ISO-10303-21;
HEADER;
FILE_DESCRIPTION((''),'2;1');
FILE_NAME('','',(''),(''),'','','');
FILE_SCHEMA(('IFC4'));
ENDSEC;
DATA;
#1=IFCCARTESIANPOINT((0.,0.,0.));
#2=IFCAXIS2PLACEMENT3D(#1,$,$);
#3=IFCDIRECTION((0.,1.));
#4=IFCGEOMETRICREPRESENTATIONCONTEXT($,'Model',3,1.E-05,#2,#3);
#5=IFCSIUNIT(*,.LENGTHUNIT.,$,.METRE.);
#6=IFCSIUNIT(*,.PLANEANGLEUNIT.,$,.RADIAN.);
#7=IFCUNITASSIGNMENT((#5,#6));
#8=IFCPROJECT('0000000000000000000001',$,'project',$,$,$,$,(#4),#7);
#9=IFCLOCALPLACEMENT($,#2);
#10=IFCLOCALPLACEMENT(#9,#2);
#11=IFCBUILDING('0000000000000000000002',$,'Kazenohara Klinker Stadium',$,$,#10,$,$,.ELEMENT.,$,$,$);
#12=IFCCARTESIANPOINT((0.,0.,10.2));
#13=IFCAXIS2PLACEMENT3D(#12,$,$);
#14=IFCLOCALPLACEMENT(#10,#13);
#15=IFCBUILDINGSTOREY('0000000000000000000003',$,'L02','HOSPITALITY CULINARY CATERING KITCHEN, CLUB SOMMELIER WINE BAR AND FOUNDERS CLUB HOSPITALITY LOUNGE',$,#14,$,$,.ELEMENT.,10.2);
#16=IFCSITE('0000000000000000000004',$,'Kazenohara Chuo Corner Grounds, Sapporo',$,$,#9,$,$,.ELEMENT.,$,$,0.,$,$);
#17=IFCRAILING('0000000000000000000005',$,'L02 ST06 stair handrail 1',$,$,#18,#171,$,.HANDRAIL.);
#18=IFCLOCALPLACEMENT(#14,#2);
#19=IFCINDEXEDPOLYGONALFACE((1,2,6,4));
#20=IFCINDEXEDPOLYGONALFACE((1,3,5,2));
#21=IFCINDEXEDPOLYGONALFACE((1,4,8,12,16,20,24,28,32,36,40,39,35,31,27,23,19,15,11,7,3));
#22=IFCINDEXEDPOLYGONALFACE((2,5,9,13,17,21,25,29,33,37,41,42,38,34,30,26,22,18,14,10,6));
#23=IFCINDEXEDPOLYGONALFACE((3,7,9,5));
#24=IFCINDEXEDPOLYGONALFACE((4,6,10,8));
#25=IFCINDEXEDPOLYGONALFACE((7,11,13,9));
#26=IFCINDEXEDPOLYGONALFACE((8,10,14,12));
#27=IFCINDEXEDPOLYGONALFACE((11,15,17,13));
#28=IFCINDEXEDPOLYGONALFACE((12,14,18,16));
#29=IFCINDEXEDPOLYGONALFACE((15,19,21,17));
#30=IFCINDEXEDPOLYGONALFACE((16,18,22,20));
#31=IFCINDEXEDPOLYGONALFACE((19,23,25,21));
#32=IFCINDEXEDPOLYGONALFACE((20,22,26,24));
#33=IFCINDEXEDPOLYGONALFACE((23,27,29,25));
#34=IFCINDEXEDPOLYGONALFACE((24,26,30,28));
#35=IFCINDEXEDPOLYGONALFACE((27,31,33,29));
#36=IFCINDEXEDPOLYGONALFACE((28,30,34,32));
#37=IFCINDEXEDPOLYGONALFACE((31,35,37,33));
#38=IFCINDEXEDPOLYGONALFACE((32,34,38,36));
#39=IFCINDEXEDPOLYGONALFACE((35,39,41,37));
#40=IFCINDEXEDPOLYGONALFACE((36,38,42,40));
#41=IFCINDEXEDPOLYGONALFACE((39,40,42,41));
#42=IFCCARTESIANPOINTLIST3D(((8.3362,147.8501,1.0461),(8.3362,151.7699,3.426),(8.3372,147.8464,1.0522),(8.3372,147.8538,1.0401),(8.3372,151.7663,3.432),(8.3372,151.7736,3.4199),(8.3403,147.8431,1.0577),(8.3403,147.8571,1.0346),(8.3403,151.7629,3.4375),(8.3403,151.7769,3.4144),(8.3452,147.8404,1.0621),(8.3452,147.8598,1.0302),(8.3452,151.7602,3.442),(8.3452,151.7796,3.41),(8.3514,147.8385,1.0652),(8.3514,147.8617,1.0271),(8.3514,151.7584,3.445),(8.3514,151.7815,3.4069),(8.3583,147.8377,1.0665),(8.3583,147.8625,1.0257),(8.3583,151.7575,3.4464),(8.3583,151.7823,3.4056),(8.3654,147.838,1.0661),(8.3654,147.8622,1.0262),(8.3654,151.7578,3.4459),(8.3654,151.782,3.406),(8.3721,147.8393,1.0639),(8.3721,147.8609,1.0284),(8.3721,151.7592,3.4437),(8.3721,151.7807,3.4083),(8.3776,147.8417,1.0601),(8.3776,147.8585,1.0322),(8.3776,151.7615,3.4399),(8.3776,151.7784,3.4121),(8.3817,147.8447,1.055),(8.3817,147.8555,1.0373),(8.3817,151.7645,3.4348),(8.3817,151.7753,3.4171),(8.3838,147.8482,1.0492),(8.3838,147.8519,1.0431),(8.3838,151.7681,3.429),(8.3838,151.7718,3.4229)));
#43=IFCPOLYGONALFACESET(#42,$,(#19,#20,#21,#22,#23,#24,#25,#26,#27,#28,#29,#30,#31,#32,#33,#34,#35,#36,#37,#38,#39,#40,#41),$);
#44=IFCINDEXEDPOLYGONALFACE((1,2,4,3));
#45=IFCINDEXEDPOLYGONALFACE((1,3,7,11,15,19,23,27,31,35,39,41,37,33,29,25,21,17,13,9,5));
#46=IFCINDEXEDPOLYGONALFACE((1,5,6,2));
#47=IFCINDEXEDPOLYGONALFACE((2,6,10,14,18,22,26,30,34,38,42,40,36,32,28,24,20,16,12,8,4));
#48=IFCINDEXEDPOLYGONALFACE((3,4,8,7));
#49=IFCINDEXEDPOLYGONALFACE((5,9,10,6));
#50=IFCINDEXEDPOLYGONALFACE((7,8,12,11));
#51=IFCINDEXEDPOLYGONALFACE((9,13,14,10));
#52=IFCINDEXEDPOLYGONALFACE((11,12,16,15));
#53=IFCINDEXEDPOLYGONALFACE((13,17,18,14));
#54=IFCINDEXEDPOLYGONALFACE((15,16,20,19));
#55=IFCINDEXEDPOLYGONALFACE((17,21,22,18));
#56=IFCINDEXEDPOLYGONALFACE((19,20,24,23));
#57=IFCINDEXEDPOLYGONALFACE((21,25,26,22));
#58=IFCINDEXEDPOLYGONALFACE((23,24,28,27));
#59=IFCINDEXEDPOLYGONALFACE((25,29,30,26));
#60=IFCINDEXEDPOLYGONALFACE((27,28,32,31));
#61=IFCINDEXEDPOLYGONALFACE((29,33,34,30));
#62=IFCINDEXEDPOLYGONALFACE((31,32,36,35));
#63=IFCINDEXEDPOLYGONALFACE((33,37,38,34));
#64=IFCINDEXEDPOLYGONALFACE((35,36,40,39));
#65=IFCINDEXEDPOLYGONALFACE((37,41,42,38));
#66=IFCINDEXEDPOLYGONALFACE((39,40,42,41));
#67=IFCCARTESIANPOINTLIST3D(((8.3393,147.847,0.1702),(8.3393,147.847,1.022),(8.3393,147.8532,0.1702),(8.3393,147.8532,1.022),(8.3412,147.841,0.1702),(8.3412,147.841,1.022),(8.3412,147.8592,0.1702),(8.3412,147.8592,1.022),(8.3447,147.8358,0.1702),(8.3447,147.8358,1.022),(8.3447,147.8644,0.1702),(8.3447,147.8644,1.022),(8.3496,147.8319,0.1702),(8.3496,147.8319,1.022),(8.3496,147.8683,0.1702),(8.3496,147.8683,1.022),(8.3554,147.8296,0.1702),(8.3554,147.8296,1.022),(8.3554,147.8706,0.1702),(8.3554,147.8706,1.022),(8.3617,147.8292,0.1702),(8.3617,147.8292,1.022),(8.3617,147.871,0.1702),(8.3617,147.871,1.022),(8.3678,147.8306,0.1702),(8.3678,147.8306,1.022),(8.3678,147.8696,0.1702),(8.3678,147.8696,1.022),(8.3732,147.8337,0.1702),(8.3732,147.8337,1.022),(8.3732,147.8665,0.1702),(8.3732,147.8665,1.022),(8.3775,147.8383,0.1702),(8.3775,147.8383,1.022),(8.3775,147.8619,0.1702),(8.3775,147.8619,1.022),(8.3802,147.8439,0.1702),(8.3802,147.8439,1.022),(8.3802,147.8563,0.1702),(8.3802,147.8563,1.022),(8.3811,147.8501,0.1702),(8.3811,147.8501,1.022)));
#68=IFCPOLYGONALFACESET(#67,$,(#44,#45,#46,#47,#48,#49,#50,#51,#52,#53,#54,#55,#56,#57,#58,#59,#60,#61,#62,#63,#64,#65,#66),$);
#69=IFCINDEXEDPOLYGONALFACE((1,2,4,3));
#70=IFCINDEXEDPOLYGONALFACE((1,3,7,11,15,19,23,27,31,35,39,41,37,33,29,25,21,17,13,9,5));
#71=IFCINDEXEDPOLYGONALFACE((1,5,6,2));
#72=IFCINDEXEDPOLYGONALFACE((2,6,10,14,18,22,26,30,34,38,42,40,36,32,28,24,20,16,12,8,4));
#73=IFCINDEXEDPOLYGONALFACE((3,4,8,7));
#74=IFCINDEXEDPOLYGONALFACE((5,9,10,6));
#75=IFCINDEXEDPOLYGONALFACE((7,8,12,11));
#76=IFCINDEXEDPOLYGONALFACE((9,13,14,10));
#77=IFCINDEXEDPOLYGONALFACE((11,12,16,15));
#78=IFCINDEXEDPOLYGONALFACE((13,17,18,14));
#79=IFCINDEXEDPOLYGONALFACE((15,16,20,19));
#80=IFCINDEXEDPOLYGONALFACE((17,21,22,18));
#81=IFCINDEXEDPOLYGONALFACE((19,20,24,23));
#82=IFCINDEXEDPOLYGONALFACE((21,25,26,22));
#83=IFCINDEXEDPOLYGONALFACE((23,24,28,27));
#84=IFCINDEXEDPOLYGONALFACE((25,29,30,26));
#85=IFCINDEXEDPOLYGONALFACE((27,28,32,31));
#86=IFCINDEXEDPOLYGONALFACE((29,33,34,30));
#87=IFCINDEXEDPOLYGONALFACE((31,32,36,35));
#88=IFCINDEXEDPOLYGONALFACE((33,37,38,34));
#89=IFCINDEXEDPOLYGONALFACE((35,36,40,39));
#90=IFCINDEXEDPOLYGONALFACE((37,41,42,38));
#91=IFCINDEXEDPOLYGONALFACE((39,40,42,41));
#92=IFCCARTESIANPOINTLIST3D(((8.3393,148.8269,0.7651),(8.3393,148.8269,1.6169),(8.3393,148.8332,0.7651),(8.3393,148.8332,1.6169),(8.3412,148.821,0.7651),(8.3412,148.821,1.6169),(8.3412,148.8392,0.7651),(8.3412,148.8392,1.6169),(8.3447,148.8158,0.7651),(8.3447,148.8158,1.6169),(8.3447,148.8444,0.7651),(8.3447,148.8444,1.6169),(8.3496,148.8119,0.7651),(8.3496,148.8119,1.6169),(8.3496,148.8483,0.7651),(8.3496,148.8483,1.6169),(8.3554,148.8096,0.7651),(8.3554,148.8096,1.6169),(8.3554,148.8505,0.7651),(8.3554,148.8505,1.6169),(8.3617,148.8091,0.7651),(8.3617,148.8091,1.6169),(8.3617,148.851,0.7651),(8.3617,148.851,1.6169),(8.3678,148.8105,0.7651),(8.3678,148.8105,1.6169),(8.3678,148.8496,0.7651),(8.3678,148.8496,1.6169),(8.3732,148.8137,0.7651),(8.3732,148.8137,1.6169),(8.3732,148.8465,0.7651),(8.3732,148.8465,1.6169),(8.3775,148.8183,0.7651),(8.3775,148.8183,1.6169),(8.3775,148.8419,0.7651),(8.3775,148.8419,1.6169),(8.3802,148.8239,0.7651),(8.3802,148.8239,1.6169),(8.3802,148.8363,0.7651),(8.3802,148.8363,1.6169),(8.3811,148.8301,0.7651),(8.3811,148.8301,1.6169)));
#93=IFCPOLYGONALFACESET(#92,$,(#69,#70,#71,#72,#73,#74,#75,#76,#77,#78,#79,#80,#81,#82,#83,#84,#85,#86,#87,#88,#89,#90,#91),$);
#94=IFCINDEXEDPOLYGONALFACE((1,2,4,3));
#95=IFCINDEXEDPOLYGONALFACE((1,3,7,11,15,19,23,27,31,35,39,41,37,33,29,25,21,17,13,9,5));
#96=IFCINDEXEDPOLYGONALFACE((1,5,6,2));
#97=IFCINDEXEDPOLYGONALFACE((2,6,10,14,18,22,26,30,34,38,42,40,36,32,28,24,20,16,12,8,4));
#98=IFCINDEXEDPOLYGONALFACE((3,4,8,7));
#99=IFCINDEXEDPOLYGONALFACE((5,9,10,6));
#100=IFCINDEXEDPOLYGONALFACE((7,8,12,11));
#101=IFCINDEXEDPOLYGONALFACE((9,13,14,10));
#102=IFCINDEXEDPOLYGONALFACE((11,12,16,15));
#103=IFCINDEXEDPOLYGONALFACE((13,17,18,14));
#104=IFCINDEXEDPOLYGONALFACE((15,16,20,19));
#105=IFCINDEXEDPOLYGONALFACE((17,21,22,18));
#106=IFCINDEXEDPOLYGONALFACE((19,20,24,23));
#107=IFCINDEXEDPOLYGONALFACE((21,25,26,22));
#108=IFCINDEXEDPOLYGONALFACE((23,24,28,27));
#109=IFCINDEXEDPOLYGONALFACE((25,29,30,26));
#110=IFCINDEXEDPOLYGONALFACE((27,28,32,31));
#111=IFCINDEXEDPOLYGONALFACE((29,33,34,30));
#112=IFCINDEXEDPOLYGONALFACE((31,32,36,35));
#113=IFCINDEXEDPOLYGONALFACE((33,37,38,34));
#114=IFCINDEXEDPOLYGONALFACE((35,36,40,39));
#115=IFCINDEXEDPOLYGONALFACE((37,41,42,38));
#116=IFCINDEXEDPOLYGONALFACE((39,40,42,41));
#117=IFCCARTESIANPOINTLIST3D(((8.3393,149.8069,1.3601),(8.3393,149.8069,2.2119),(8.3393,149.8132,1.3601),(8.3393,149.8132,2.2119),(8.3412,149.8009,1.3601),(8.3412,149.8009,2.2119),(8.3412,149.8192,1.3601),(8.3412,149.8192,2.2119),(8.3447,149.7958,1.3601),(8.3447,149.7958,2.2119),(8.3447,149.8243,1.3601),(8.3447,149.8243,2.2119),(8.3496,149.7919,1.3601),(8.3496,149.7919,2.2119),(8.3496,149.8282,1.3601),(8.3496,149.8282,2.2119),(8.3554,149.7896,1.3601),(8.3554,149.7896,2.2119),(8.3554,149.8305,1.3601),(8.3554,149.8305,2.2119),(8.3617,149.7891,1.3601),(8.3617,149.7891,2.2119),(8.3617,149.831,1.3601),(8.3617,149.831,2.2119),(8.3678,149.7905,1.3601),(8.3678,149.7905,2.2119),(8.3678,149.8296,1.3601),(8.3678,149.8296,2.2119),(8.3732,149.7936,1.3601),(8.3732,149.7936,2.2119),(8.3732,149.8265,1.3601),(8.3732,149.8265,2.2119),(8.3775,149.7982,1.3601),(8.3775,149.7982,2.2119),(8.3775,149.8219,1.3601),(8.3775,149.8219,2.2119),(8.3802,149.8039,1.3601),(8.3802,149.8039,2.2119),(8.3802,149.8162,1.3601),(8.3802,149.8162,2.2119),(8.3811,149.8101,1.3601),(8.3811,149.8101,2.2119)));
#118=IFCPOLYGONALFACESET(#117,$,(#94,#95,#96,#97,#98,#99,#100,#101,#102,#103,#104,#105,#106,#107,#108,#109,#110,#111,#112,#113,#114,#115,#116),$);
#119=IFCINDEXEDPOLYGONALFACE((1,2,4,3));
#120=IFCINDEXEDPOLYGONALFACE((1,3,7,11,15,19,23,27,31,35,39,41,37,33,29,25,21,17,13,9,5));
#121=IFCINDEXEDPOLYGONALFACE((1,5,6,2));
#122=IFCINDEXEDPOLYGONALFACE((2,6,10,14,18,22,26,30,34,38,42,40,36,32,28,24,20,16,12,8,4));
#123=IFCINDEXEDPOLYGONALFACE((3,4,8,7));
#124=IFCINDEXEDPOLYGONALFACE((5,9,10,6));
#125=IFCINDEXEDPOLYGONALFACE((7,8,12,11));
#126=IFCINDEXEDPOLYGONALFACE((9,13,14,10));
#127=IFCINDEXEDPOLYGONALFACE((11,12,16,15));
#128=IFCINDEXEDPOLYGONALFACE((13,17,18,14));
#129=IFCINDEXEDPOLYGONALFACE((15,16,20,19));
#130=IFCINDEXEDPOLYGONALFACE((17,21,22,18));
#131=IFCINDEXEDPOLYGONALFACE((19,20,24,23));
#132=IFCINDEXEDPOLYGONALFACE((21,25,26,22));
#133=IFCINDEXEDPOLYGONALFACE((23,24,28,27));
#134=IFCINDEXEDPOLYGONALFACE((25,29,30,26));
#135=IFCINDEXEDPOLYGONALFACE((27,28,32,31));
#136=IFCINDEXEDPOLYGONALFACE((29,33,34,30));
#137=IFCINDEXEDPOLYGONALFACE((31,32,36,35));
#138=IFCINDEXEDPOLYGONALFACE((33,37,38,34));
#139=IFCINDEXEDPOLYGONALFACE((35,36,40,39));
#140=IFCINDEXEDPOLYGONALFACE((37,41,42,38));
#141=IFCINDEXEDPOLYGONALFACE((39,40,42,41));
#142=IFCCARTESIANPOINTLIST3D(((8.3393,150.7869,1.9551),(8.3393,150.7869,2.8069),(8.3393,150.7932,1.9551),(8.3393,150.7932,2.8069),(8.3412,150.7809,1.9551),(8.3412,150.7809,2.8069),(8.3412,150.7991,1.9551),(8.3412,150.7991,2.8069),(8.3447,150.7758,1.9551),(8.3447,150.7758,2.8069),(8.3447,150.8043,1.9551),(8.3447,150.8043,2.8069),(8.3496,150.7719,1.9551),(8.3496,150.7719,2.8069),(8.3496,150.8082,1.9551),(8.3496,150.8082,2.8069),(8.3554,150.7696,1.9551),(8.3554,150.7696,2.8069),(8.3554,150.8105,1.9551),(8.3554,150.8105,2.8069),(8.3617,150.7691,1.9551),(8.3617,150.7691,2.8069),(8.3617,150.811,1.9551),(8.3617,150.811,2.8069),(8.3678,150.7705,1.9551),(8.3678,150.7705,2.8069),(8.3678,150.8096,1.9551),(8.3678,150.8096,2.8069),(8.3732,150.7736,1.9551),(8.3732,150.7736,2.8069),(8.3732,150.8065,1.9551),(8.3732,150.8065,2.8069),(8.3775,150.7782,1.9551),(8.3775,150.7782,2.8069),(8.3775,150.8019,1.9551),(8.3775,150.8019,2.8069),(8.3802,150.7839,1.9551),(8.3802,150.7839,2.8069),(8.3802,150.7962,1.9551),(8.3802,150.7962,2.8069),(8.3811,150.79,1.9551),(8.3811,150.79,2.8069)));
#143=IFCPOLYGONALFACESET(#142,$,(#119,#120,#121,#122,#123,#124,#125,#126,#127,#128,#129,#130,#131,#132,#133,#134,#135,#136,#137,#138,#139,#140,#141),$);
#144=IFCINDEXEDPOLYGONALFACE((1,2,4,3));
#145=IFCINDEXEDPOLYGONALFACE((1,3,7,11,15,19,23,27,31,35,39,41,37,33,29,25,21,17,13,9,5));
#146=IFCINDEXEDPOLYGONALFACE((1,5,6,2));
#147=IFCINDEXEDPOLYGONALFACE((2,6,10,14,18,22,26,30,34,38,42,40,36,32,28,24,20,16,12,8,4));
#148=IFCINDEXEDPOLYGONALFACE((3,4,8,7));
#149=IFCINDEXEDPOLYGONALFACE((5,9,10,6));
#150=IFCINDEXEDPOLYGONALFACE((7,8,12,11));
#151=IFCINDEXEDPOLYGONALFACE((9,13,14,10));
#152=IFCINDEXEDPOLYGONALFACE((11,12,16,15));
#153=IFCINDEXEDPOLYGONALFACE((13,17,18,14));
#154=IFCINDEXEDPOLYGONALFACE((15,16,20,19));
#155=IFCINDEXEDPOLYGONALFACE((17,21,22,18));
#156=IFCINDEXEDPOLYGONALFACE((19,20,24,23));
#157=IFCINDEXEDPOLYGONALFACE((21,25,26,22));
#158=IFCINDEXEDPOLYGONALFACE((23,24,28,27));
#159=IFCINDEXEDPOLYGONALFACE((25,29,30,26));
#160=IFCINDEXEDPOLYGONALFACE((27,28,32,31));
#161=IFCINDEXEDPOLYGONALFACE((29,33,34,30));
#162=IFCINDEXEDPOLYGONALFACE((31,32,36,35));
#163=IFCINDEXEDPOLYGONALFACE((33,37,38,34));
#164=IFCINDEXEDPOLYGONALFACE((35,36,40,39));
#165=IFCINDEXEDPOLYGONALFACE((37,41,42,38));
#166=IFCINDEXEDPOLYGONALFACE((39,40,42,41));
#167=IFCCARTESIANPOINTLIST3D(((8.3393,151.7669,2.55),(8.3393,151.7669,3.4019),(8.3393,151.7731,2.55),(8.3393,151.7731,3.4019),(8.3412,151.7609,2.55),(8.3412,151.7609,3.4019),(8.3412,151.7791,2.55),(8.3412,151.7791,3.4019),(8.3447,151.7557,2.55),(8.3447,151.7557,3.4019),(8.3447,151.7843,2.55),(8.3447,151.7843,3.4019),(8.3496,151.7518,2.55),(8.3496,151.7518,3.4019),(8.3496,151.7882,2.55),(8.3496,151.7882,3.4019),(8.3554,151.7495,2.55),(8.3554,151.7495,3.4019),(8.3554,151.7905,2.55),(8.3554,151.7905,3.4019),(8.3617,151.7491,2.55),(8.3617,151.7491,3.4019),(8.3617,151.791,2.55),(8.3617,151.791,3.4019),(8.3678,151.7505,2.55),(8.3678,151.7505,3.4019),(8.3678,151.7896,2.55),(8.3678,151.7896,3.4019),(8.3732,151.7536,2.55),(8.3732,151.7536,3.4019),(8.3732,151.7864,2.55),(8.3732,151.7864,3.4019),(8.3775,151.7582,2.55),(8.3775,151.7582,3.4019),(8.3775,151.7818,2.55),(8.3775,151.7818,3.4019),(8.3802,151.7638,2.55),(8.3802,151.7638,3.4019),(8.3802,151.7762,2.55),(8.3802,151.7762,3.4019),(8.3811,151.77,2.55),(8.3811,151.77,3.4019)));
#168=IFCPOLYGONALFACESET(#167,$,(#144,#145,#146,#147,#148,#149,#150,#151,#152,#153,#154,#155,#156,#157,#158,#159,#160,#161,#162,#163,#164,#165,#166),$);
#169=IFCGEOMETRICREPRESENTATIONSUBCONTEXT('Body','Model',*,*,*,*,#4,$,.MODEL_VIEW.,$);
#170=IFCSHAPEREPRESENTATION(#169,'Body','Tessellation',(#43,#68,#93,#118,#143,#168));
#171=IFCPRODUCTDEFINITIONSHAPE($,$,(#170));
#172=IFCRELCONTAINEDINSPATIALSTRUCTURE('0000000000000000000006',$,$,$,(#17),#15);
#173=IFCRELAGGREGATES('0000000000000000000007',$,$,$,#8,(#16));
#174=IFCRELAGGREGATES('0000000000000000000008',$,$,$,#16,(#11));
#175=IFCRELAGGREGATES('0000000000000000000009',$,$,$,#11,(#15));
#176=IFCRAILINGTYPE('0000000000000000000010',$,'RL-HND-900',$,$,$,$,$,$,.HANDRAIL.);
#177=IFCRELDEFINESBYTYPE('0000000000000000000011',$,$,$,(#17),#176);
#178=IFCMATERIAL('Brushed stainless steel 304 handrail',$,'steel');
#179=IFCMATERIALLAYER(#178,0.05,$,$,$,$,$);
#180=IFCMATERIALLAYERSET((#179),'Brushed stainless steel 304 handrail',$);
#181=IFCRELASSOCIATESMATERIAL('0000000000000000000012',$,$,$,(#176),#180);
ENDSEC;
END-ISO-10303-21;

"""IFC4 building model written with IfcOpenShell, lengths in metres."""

from ifc_helpers import new_model, si_unit, direction, frame, origin, origin_2d, place, context, subcontext, project, spatial, circle, extrude, material, layer, layer_set, type_object, element, save


model = new_model("IFC4")

# Units and contexts
model_context = context("Model", 3, precision=1e-05, world=origin(), true_north=direction((0.0, 1.0)))
body_context = subcontext(model_context, "Body", "Model", "MODEL_VIEW")
ifc_project = project(units=[si_unit("LENGTHUNIT", "METRE"), si_unit("PLANEANGLEUNIT", "RADIAN")], contexts=[model_context])

# Site, building, storey
site_placement = place(None, origin())
site = spatial("IfcSite", under=ifc_project, at=site_placement, Name="Kazenohara Chuo Corner Grounds, Sapporo", CompositionType="ELEMENT", RefElevation=0.0)
building_placement = place(site_placement, origin())
building = spatial("IfcBuilding", under=site, at=building_placement, Name="Kazenohara Klinker Stadium", CompositionType="ELEMENT")
storey_placement = place(building_placement, frame((0.0, 0.0, 10.2)))
storey = spatial("IfcBuildingStorey", under=building, at=storey_placement, Name="L02", Description="HOSPITALITY CULINARY CATERING KITCHEN, CLUB SOMMELIER WINE BAR AND FOUNDERS CLUB HOSPITALITY LOUNGE", CompositionType="ELEMENT", Elevation=10.2)

# Railing
ifc_material_1 = material(Name="Brushed stainless steel 304 handrail", Category="steel")
ifc_layer_1 = layer(ifc_material_1, 0.05)
ifc_layer_set_1 = layer_set([ifc_layer_1], Name="Brushed stainless steel 304 handrail")
railing_type_1 = type_object("IfcRailingType", Name="RL-HND-900", PredefinedType="HANDRAIL", material=ifc_layer_set_1)
for number, where, name in (
    (1, (8.3601, 147.8501, 0.1702), "L02 ST06 stair handrail 1"),
):
    element("IfcRailing", number, at=place(storey_placement, frame(where)), inside=storey, type_object=railing_type_1, Name=name, PredefinedType="HANDRAIL", context=body_context, shape_type="SweptSolid", body=[
        extrude(circle(Radius=0.0239, at=origin_2d()), frame((0.0, 0.0, 0.876), z_axis=(0.0, 0.854794, 0.518967), x_axis=(-1.0, 0.0, 0.0)), (0.0, 0.0, 1.0), 4.5857),
        extrude(circle(Radius=0.021, at=origin_2d()), origin(), (0.0, 0.0, 1.0), 0.8518),
        extrude(circle(Radius=0.021, at=origin_2d()), frame((0.0, 0.98, 0.595)), (0.0, 0.0, 1.0), 0.8518),
        extrude(circle(Radius=0.021, at=origin_2d()), frame((0.0, 1.96, 1.1899)), (0.0, 0.0, 1.0), 0.8518),
        extrude(circle(Radius=0.021, at=origin_2d()), frame((0.0, 2.9399, 1.7849)), (0.0, 0.0, 1.0), 0.8518),
        extrude(circle(Radius=0.021, at=origin_2d()), frame((0.0, 3.9199, 2.3799)), (0.0, 0.0, 1.0), 0.8518),
    ])

save(model, "model.ifc")
